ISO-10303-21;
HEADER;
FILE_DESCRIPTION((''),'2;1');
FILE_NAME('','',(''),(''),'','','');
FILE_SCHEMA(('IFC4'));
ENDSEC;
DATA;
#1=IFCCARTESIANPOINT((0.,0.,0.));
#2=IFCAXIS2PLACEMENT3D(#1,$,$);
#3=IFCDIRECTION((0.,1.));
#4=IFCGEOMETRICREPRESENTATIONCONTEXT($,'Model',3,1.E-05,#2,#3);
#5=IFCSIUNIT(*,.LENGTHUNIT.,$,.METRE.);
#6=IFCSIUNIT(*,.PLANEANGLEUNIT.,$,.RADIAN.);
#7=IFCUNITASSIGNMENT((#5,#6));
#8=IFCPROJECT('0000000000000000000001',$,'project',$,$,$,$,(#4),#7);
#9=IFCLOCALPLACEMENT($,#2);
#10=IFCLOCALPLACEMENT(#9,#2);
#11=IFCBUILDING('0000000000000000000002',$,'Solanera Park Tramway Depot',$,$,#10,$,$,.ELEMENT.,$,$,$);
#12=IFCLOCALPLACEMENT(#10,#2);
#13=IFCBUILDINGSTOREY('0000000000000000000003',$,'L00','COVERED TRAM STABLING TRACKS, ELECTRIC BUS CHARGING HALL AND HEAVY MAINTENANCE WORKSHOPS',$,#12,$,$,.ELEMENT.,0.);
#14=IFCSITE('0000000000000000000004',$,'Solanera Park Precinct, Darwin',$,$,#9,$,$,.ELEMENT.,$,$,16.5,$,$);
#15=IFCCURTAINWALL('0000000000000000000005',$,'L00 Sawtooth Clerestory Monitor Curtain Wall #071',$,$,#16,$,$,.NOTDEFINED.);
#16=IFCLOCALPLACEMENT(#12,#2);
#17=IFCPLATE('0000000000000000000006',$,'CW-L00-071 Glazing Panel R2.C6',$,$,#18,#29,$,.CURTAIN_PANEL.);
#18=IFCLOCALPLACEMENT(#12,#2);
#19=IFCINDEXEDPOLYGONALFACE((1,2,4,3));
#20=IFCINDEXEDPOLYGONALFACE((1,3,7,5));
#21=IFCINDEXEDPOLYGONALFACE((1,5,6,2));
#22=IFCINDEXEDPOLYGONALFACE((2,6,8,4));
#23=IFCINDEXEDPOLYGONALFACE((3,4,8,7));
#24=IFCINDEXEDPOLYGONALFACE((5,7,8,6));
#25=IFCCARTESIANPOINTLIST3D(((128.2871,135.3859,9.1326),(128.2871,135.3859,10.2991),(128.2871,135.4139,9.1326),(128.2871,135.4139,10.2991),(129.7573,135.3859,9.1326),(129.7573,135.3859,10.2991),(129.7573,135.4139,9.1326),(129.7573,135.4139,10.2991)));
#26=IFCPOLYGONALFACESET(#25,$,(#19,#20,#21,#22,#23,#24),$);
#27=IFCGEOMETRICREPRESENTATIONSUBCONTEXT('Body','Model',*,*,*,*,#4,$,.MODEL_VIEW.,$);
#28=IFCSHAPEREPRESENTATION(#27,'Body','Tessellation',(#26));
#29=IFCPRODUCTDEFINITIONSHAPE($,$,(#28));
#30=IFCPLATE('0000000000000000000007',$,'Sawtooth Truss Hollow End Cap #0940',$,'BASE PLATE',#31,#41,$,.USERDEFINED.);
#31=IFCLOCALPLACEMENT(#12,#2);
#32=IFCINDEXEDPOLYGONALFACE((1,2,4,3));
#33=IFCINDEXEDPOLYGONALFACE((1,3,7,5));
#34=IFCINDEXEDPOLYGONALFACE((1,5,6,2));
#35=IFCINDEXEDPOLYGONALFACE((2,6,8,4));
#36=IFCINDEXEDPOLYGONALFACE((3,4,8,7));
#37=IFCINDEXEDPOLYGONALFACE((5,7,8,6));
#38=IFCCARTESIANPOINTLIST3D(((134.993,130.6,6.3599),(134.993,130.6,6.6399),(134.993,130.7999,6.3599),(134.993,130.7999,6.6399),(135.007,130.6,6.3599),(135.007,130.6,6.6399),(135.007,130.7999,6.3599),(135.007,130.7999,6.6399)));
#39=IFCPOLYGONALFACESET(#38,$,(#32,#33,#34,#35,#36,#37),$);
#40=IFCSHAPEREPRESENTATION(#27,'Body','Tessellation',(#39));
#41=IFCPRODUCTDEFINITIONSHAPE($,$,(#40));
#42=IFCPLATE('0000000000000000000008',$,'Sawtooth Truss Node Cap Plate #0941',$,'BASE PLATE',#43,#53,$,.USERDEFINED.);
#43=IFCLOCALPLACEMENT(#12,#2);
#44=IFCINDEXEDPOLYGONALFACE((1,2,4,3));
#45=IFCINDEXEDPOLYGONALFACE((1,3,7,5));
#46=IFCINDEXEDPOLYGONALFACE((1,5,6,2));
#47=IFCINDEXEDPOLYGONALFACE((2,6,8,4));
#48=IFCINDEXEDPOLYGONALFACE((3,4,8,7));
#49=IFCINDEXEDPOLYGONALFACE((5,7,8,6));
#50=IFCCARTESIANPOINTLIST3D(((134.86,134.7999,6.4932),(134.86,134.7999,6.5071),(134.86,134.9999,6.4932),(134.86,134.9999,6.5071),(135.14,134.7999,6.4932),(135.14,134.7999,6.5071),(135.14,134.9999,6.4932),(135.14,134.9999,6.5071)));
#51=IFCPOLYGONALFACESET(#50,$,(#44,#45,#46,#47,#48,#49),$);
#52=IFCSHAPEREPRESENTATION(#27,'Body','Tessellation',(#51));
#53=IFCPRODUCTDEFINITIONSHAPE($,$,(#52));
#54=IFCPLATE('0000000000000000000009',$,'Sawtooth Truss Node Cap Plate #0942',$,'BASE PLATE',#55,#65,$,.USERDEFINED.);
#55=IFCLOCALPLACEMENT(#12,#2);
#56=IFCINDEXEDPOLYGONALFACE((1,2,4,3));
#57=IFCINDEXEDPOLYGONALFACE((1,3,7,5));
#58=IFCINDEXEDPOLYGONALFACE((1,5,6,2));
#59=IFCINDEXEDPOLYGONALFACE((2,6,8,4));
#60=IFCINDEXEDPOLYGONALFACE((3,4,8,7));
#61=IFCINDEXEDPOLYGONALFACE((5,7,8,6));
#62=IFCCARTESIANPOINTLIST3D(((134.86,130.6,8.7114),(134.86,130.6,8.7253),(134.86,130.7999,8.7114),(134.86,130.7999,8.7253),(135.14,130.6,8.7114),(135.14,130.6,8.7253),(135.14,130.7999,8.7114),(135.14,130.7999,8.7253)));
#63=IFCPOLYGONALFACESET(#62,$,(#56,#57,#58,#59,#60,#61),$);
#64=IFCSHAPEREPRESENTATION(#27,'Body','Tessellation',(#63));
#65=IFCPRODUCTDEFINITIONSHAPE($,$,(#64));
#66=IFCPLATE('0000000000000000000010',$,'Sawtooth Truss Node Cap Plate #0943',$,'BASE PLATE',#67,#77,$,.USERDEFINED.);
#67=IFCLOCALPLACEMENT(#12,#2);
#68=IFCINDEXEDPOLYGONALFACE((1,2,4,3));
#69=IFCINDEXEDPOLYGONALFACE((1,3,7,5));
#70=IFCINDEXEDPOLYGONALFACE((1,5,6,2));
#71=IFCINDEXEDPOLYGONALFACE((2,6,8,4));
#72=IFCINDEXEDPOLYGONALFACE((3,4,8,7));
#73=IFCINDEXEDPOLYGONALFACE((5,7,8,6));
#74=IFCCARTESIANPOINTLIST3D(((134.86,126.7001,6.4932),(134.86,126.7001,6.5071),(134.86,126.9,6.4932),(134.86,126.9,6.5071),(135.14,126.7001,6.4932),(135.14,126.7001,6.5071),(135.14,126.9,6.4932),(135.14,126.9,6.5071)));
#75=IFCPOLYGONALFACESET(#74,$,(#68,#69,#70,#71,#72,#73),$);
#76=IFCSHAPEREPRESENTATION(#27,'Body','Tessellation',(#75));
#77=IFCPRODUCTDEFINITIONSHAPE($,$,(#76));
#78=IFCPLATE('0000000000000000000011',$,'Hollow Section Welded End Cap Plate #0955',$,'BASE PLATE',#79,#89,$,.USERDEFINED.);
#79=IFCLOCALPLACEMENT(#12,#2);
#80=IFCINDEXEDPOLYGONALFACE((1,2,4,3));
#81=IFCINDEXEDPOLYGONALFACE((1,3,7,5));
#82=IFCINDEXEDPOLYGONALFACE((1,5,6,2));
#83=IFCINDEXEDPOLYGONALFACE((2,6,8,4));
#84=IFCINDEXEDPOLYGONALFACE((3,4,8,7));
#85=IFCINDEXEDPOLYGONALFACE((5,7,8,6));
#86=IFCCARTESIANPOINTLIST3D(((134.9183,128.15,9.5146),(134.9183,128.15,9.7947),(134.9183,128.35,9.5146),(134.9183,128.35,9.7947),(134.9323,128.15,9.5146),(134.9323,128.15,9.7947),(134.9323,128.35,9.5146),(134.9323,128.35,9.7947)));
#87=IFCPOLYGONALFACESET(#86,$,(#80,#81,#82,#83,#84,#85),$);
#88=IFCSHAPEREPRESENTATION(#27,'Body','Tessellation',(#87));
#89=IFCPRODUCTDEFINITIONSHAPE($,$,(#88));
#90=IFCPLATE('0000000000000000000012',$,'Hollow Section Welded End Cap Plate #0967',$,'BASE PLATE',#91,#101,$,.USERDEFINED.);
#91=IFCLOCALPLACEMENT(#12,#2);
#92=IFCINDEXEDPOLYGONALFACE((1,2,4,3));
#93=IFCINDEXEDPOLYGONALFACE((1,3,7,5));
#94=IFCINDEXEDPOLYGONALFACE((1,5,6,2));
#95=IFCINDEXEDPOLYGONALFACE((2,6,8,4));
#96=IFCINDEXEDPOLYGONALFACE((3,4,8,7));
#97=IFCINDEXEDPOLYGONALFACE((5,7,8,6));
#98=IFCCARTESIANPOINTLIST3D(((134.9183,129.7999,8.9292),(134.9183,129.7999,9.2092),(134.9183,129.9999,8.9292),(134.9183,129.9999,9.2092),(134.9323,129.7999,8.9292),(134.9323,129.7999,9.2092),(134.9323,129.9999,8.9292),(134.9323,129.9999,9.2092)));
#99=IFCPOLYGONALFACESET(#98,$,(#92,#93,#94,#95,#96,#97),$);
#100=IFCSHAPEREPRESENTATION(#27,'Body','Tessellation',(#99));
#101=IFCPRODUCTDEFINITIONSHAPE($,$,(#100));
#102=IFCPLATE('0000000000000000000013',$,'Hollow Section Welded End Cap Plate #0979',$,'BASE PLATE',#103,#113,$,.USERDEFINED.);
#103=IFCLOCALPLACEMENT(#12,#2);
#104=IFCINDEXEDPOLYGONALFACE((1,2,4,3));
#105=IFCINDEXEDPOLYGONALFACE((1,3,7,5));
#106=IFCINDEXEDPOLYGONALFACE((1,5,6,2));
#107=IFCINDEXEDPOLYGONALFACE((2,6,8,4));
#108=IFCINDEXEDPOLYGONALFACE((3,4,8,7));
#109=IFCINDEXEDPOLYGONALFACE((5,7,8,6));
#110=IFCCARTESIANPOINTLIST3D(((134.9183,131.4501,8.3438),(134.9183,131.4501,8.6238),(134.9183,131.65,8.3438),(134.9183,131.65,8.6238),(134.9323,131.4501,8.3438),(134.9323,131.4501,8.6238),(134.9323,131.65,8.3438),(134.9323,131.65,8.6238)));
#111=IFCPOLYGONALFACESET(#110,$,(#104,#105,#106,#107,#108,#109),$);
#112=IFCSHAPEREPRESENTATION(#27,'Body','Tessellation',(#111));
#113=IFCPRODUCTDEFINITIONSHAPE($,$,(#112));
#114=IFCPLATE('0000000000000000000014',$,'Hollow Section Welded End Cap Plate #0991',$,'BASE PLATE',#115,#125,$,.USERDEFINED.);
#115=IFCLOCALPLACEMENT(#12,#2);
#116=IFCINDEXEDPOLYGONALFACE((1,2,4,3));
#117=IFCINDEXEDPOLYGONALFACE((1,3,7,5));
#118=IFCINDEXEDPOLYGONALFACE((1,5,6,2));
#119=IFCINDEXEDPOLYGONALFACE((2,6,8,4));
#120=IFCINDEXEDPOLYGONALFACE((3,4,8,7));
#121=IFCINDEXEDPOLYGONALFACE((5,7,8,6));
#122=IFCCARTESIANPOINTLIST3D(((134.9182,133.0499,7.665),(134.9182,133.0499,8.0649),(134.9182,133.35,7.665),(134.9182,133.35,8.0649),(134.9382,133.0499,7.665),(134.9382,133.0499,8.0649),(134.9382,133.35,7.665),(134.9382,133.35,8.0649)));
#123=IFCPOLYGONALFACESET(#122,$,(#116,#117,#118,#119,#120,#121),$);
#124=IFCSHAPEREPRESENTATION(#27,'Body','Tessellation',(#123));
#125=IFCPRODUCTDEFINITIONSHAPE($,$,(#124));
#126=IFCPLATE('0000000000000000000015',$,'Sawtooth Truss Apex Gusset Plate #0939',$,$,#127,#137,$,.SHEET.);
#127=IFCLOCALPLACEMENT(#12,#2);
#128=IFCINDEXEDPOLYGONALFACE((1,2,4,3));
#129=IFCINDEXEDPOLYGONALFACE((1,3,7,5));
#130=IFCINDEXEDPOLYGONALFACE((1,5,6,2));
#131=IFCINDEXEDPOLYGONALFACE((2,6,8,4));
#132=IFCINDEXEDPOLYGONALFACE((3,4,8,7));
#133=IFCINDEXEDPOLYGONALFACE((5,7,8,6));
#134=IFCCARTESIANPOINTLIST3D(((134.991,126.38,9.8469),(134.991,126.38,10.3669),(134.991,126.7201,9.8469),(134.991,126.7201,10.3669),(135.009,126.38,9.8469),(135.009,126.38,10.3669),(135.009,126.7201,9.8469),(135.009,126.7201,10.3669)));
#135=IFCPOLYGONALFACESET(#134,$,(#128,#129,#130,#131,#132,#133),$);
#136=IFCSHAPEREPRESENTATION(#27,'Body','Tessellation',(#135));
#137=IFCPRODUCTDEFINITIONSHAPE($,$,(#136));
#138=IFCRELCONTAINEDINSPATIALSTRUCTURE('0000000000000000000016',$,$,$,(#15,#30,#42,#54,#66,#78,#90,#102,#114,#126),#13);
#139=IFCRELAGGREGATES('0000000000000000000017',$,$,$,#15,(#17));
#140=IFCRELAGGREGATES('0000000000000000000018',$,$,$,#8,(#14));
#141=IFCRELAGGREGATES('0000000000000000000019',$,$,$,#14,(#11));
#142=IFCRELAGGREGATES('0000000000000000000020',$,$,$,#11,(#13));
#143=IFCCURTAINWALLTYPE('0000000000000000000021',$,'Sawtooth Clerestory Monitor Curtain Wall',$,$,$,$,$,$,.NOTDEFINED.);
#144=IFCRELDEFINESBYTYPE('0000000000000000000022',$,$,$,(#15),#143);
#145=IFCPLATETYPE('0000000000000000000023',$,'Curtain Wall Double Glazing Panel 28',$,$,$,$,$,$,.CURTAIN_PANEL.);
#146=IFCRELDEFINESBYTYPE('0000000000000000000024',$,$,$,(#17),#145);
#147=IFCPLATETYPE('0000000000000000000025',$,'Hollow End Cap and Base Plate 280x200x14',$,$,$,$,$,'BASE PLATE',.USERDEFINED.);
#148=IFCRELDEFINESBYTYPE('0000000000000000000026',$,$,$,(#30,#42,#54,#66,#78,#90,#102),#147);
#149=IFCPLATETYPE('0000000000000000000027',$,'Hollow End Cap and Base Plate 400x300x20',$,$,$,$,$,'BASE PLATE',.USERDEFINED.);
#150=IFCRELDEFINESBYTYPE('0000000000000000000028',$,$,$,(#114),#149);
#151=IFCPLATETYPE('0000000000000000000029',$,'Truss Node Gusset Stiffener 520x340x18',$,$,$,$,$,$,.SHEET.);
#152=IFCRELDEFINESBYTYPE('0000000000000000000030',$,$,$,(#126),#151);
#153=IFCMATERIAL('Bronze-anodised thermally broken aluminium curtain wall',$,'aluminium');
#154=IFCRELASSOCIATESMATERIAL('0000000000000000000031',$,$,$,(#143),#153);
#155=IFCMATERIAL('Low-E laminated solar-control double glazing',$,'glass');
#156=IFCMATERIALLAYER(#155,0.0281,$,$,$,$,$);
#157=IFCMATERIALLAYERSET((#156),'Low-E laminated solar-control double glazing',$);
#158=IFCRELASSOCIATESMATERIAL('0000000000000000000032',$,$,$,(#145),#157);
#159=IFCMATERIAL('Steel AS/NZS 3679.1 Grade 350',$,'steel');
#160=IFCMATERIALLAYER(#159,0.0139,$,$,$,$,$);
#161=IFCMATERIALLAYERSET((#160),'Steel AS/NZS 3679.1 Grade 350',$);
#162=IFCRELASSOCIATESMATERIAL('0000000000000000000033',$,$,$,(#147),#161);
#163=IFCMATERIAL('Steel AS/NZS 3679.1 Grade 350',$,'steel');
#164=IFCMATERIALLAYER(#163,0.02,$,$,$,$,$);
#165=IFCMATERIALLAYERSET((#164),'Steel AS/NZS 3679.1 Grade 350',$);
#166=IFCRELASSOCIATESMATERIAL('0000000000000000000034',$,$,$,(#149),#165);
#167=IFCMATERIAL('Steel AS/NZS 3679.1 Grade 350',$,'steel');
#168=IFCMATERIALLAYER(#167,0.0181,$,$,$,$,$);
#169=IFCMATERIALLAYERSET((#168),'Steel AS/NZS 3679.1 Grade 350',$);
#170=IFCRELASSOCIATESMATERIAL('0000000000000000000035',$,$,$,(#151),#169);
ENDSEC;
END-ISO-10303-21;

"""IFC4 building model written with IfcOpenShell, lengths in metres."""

from ifc_helpers import new_model, si_unit, direction, frame, origin, origin_2d, place, context, subcontext, project, spatial, rectangle, extrude, material, layer, layer_set, type_object, element, aggregate, save


model = new_model("IFC4")

# Units and contexts
model_context = context("Model", 3, precision=1e-05, world=origin(), true_north=direction((0.0, 1.0)))
body_context = subcontext(model_context, "Body", "Model", "MODEL_VIEW")
ifc_project = project(units=[si_unit("LENGTHUNIT", "METRE"), si_unit("PLANEANGLEUNIT", "RADIAN")], contexts=[model_context])

# Site, building, storey
site_placement = place(None, origin())
site = spatial("IfcSite", under=ifc_project, at=site_placement, Name="Solanera Park Precinct, Darwin", CompositionType="ELEMENT", RefElevation=16.5)
building_placement = place(site_placement, origin())
building = spatial("IfcBuilding", under=site, at=building_placement, Name="Solanera Park Tramway Depot", CompositionType="ELEMENT")
storey_placement = place(building_placement, origin())
storey = spatial("IfcBuildingStorey", under=building, at=storey_placement, Name="L00", Description="COVERED TRAM STABLING TRACKS, ELECTRIC BUS CHARGING HALL AND HEAVY MAINTENANCE WORKSHOPS", CompositionType="ELEMENT", Elevation=0.0)

# Shared definitions
ifc_material_1 = material(Name="Bronze-anodised thermally broken aluminium curtain wall", Category="aluminium")
curtain_wall_type = type_object("IfcCurtainWallType", Name="Sawtooth Clerestory Monitor Curtain Wall", PredefinedType="NOTDEFINED", material=ifc_material_1)

# Curtain wall
curtain_wall_1_placement = place(storey_placement, origin())
curtain_wall_1 = element("IfcCurtainWall", 1, at=curtain_wall_1_placement, inside=storey, type_object=curtain_wall_type, Name="L00 Sawtooth Clerestory Monitor Curtain Wall #071", PredefinedType="NOTDEFINED")

# Plate
ifc_material_2 = material(Name="Low-E laminated solar-control double glazing", Category="glass")
ifc_layer_1 = layer(ifc_material_2, 0.0281)
ifc_layer_set_1 = layer_set([ifc_layer_1], Name="Low-E laminated solar-control double glazing")
plate_type_1 = type_object("IfcPlateType", Name="Curtain Wall Double Glazing Panel 28", PredefinedType="CURTAIN_PANEL", material=ifc_layer_set_1)
plate_1_placement = place(storey_placement, frame((129.0222, 135.3999, 9.1326), z_axis=(0.0, 0.0, 1.0), x_axis=(1.0, 0.0, 0.0)))
plate_1 = element("IfcPlate", 2, at=plate_1_placement, type_object=plate_type_1, Name="CW-L00-071 Glazing Panel R2.C6", PredefinedType="CURTAIN_PANEL", context=body_context, shape_type="SweptSolid", body=[
    extrude(rectangle(XDim=1.4702, YDim=0.0281, at=origin_2d()), origin(), (0.0, 0.0, 1.0), 1.1665),
])
aggregate(curtain_wall_1, [plate_1])

# Plates
ifc_material_3 = material(Name="Steel AS/NZS 3679.1 Grade 350", Category="steel")
ifc_layer_2 = layer(ifc_material_3, 0.0139)
ifc_layer_set_2 = layer_set([ifc_layer_2], Name="Steel AS/NZS 3679.1 Grade 350")
plate_type_2 = type_object("IfcPlateType", Name="Hollow End Cap and Base Plate 280x200x14", ElementType="BASE PLATE", PredefinedType="USERDEFINED", material=ifc_layer_set_2)
plate_2_placement = place(storey_placement, frame((135.0, 130.7, 6.3599), z_axis=(0.0, 0.0, 1.0), x_axis=(1.0, 0.0, 0.0)))
element("IfcPlate", 3, at=plate_2_placement, inside=storey, type_object=plate_type_2, Name="Sawtooth Truss Hollow End Cap #0940", ObjectType="BASE PLATE", PredefinedType="USERDEFINED", context=body_context, shape_type="SweptSolid", body=[
    extrude(rectangle(XDim=0.0139, YDim=0.2, at=origin_2d()), origin(), (0.0, 0.0, 1.0), 0.28),
])
for number, where, z_axis, x_axis, name in (
    (4, (135.0, 134.8999, 6.4932), (0.0, 0.0, 1.0), (1.0, 0.0, 0.0), "Sawtooth Truss Node Cap Plate #0941"),
    (5, (135.0, 130.7, 8.7114), (0.0, 0.0, 1.0), (1.0, 0.0, 0.0), "Sawtooth Truss Node Cap Plate #0942"),
    (6, (135.0, 126.8, 6.4932), (0.0, 0.0, 1.0), (1.0, 0.0, 0.0), "Sawtooth Truss Node Cap Plate #0943"),
):
    element("IfcPlate", number, at=place(storey_placement, frame(where, z_axis=z_axis, x_axis=x_axis)), inside=storey, type_object=plate_type_2, Name=name, ObjectType="BASE PLATE", PredefinedType="USERDEFINED", context=body_context, shape_type="SweptSolid", body=[
        extrude(rectangle(XDim=0.28, YDim=0.2, at=origin_2d()), origin(), (0.0, 0.0, 1.0), 0.0139),
    ])
for number, where, z_axis, x_axis, name in (
    (7, (134.9253, 128.25, 9.5146), (0.0, 0.0, 1.0), (1.0, 0.0, 0.0), "Hollow Section Welded End Cap Plate #0955"),
    (8, (134.9253, 129.8999, 8.9292), (0.0, 0.0, 1.0), (1.0, 0.0, 0.0), "Hollow Section Welded End Cap Plate #0967"),
    (9, (134.9253, 131.55, 8.3438), (0.0, 0.0, 1.0), (1.0, 0.0, 0.0), "Hollow Section Welded End Cap Plate #0979"),
):
    element("IfcPlate", number, at=place(storey_placement, frame(where, z_axis=z_axis, x_axis=x_axis)), inside=storey, type_object=plate_type_2, Name=name, ObjectType="BASE PLATE", PredefinedType="USERDEFINED", context=body_context, shape_type="SweptSolid", body=[
        extrude(rectangle(XDim=0.0139, YDim=0.2, at=origin_2d()), origin(), (0.0, 0.0, 1.0), 0.28),
    ])
ifc_material_4 = material(Name="Steel AS/NZS 3679.1 Grade 350", Category="steel")
ifc_layer_3 = layer(ifc_material_4, 0.02)
ifc_layer_set_3 = layer_set([ifc_layer_3], Name="Steel AS/NZS 3679.1 Grade 350")
plate_type_3 = type_object("IfcPlateType", Name="Hollow End Cap and Base Plate 400x300x20", ElementType="BASE PLATE", PredefinedType="USERDEFINED", material=ifc_layer_set_3)
plate_3_placement = place(storey_placement, frame((134.9282, 133.2, 7.665), z_axis=(0.0, 0.0, 1.0), x_axis=(1.0, 0.0, 0.0)))
element("IfcPlate", 10, at=plate_3_placement, inside=storey, type_object=plate_type_3, Name="Hollow Section Welded End Cap Plate #0991", ObjectType="BASE PLATE", PredefinedType="USERDEFINED", context=body_context, shape_type="SweptSolid", body=[
    extrude(rectangle(XDim=0.02, YDim=0.3, at=origin_2d()), origin(), (0.0, 0.0, 1.0), 0.3999),
])
ifc_material_5 = material(Name="Steel AS/NZS 3679.1 Grade 350", Category="steel")
ifc_layer_4 = layer(ifc_material_5, 0.0181)
ifc_layer_set_4 = layer_set([ifc_layer_4], Name="Steel AS/NZS 3679.1 Grade 350")
plate_type_4 = type_object("IfcPlateType", Name="Truss Node Gusset Stiffener 520x340x18", PredefinedType="SHEET", material=ifc_layer_set_4)
plate_4_placement = place(storey_placement, frame((135.0, 126.55, 9.8469), z_axis=(0.0, 0.0, 1.0), x_axis=(1.0, 0.0, 0.0)))
element("IfcPlate", 11, at=plate_4_placement, inside=storey, type_object=plate_type_4, Name="Sawtooth Truss Apex Gusset Plate #0939", PredefinedType="SHEET", context=body_context, shape_type="SweptSolid", body=[
    extrude(rectangle(XDim=0.0181, YDim=0.3401, at=origin_2d()), origin(), (0.0, 0.0, 1.0), 0.52),
])

save(model, "model.ifc")
